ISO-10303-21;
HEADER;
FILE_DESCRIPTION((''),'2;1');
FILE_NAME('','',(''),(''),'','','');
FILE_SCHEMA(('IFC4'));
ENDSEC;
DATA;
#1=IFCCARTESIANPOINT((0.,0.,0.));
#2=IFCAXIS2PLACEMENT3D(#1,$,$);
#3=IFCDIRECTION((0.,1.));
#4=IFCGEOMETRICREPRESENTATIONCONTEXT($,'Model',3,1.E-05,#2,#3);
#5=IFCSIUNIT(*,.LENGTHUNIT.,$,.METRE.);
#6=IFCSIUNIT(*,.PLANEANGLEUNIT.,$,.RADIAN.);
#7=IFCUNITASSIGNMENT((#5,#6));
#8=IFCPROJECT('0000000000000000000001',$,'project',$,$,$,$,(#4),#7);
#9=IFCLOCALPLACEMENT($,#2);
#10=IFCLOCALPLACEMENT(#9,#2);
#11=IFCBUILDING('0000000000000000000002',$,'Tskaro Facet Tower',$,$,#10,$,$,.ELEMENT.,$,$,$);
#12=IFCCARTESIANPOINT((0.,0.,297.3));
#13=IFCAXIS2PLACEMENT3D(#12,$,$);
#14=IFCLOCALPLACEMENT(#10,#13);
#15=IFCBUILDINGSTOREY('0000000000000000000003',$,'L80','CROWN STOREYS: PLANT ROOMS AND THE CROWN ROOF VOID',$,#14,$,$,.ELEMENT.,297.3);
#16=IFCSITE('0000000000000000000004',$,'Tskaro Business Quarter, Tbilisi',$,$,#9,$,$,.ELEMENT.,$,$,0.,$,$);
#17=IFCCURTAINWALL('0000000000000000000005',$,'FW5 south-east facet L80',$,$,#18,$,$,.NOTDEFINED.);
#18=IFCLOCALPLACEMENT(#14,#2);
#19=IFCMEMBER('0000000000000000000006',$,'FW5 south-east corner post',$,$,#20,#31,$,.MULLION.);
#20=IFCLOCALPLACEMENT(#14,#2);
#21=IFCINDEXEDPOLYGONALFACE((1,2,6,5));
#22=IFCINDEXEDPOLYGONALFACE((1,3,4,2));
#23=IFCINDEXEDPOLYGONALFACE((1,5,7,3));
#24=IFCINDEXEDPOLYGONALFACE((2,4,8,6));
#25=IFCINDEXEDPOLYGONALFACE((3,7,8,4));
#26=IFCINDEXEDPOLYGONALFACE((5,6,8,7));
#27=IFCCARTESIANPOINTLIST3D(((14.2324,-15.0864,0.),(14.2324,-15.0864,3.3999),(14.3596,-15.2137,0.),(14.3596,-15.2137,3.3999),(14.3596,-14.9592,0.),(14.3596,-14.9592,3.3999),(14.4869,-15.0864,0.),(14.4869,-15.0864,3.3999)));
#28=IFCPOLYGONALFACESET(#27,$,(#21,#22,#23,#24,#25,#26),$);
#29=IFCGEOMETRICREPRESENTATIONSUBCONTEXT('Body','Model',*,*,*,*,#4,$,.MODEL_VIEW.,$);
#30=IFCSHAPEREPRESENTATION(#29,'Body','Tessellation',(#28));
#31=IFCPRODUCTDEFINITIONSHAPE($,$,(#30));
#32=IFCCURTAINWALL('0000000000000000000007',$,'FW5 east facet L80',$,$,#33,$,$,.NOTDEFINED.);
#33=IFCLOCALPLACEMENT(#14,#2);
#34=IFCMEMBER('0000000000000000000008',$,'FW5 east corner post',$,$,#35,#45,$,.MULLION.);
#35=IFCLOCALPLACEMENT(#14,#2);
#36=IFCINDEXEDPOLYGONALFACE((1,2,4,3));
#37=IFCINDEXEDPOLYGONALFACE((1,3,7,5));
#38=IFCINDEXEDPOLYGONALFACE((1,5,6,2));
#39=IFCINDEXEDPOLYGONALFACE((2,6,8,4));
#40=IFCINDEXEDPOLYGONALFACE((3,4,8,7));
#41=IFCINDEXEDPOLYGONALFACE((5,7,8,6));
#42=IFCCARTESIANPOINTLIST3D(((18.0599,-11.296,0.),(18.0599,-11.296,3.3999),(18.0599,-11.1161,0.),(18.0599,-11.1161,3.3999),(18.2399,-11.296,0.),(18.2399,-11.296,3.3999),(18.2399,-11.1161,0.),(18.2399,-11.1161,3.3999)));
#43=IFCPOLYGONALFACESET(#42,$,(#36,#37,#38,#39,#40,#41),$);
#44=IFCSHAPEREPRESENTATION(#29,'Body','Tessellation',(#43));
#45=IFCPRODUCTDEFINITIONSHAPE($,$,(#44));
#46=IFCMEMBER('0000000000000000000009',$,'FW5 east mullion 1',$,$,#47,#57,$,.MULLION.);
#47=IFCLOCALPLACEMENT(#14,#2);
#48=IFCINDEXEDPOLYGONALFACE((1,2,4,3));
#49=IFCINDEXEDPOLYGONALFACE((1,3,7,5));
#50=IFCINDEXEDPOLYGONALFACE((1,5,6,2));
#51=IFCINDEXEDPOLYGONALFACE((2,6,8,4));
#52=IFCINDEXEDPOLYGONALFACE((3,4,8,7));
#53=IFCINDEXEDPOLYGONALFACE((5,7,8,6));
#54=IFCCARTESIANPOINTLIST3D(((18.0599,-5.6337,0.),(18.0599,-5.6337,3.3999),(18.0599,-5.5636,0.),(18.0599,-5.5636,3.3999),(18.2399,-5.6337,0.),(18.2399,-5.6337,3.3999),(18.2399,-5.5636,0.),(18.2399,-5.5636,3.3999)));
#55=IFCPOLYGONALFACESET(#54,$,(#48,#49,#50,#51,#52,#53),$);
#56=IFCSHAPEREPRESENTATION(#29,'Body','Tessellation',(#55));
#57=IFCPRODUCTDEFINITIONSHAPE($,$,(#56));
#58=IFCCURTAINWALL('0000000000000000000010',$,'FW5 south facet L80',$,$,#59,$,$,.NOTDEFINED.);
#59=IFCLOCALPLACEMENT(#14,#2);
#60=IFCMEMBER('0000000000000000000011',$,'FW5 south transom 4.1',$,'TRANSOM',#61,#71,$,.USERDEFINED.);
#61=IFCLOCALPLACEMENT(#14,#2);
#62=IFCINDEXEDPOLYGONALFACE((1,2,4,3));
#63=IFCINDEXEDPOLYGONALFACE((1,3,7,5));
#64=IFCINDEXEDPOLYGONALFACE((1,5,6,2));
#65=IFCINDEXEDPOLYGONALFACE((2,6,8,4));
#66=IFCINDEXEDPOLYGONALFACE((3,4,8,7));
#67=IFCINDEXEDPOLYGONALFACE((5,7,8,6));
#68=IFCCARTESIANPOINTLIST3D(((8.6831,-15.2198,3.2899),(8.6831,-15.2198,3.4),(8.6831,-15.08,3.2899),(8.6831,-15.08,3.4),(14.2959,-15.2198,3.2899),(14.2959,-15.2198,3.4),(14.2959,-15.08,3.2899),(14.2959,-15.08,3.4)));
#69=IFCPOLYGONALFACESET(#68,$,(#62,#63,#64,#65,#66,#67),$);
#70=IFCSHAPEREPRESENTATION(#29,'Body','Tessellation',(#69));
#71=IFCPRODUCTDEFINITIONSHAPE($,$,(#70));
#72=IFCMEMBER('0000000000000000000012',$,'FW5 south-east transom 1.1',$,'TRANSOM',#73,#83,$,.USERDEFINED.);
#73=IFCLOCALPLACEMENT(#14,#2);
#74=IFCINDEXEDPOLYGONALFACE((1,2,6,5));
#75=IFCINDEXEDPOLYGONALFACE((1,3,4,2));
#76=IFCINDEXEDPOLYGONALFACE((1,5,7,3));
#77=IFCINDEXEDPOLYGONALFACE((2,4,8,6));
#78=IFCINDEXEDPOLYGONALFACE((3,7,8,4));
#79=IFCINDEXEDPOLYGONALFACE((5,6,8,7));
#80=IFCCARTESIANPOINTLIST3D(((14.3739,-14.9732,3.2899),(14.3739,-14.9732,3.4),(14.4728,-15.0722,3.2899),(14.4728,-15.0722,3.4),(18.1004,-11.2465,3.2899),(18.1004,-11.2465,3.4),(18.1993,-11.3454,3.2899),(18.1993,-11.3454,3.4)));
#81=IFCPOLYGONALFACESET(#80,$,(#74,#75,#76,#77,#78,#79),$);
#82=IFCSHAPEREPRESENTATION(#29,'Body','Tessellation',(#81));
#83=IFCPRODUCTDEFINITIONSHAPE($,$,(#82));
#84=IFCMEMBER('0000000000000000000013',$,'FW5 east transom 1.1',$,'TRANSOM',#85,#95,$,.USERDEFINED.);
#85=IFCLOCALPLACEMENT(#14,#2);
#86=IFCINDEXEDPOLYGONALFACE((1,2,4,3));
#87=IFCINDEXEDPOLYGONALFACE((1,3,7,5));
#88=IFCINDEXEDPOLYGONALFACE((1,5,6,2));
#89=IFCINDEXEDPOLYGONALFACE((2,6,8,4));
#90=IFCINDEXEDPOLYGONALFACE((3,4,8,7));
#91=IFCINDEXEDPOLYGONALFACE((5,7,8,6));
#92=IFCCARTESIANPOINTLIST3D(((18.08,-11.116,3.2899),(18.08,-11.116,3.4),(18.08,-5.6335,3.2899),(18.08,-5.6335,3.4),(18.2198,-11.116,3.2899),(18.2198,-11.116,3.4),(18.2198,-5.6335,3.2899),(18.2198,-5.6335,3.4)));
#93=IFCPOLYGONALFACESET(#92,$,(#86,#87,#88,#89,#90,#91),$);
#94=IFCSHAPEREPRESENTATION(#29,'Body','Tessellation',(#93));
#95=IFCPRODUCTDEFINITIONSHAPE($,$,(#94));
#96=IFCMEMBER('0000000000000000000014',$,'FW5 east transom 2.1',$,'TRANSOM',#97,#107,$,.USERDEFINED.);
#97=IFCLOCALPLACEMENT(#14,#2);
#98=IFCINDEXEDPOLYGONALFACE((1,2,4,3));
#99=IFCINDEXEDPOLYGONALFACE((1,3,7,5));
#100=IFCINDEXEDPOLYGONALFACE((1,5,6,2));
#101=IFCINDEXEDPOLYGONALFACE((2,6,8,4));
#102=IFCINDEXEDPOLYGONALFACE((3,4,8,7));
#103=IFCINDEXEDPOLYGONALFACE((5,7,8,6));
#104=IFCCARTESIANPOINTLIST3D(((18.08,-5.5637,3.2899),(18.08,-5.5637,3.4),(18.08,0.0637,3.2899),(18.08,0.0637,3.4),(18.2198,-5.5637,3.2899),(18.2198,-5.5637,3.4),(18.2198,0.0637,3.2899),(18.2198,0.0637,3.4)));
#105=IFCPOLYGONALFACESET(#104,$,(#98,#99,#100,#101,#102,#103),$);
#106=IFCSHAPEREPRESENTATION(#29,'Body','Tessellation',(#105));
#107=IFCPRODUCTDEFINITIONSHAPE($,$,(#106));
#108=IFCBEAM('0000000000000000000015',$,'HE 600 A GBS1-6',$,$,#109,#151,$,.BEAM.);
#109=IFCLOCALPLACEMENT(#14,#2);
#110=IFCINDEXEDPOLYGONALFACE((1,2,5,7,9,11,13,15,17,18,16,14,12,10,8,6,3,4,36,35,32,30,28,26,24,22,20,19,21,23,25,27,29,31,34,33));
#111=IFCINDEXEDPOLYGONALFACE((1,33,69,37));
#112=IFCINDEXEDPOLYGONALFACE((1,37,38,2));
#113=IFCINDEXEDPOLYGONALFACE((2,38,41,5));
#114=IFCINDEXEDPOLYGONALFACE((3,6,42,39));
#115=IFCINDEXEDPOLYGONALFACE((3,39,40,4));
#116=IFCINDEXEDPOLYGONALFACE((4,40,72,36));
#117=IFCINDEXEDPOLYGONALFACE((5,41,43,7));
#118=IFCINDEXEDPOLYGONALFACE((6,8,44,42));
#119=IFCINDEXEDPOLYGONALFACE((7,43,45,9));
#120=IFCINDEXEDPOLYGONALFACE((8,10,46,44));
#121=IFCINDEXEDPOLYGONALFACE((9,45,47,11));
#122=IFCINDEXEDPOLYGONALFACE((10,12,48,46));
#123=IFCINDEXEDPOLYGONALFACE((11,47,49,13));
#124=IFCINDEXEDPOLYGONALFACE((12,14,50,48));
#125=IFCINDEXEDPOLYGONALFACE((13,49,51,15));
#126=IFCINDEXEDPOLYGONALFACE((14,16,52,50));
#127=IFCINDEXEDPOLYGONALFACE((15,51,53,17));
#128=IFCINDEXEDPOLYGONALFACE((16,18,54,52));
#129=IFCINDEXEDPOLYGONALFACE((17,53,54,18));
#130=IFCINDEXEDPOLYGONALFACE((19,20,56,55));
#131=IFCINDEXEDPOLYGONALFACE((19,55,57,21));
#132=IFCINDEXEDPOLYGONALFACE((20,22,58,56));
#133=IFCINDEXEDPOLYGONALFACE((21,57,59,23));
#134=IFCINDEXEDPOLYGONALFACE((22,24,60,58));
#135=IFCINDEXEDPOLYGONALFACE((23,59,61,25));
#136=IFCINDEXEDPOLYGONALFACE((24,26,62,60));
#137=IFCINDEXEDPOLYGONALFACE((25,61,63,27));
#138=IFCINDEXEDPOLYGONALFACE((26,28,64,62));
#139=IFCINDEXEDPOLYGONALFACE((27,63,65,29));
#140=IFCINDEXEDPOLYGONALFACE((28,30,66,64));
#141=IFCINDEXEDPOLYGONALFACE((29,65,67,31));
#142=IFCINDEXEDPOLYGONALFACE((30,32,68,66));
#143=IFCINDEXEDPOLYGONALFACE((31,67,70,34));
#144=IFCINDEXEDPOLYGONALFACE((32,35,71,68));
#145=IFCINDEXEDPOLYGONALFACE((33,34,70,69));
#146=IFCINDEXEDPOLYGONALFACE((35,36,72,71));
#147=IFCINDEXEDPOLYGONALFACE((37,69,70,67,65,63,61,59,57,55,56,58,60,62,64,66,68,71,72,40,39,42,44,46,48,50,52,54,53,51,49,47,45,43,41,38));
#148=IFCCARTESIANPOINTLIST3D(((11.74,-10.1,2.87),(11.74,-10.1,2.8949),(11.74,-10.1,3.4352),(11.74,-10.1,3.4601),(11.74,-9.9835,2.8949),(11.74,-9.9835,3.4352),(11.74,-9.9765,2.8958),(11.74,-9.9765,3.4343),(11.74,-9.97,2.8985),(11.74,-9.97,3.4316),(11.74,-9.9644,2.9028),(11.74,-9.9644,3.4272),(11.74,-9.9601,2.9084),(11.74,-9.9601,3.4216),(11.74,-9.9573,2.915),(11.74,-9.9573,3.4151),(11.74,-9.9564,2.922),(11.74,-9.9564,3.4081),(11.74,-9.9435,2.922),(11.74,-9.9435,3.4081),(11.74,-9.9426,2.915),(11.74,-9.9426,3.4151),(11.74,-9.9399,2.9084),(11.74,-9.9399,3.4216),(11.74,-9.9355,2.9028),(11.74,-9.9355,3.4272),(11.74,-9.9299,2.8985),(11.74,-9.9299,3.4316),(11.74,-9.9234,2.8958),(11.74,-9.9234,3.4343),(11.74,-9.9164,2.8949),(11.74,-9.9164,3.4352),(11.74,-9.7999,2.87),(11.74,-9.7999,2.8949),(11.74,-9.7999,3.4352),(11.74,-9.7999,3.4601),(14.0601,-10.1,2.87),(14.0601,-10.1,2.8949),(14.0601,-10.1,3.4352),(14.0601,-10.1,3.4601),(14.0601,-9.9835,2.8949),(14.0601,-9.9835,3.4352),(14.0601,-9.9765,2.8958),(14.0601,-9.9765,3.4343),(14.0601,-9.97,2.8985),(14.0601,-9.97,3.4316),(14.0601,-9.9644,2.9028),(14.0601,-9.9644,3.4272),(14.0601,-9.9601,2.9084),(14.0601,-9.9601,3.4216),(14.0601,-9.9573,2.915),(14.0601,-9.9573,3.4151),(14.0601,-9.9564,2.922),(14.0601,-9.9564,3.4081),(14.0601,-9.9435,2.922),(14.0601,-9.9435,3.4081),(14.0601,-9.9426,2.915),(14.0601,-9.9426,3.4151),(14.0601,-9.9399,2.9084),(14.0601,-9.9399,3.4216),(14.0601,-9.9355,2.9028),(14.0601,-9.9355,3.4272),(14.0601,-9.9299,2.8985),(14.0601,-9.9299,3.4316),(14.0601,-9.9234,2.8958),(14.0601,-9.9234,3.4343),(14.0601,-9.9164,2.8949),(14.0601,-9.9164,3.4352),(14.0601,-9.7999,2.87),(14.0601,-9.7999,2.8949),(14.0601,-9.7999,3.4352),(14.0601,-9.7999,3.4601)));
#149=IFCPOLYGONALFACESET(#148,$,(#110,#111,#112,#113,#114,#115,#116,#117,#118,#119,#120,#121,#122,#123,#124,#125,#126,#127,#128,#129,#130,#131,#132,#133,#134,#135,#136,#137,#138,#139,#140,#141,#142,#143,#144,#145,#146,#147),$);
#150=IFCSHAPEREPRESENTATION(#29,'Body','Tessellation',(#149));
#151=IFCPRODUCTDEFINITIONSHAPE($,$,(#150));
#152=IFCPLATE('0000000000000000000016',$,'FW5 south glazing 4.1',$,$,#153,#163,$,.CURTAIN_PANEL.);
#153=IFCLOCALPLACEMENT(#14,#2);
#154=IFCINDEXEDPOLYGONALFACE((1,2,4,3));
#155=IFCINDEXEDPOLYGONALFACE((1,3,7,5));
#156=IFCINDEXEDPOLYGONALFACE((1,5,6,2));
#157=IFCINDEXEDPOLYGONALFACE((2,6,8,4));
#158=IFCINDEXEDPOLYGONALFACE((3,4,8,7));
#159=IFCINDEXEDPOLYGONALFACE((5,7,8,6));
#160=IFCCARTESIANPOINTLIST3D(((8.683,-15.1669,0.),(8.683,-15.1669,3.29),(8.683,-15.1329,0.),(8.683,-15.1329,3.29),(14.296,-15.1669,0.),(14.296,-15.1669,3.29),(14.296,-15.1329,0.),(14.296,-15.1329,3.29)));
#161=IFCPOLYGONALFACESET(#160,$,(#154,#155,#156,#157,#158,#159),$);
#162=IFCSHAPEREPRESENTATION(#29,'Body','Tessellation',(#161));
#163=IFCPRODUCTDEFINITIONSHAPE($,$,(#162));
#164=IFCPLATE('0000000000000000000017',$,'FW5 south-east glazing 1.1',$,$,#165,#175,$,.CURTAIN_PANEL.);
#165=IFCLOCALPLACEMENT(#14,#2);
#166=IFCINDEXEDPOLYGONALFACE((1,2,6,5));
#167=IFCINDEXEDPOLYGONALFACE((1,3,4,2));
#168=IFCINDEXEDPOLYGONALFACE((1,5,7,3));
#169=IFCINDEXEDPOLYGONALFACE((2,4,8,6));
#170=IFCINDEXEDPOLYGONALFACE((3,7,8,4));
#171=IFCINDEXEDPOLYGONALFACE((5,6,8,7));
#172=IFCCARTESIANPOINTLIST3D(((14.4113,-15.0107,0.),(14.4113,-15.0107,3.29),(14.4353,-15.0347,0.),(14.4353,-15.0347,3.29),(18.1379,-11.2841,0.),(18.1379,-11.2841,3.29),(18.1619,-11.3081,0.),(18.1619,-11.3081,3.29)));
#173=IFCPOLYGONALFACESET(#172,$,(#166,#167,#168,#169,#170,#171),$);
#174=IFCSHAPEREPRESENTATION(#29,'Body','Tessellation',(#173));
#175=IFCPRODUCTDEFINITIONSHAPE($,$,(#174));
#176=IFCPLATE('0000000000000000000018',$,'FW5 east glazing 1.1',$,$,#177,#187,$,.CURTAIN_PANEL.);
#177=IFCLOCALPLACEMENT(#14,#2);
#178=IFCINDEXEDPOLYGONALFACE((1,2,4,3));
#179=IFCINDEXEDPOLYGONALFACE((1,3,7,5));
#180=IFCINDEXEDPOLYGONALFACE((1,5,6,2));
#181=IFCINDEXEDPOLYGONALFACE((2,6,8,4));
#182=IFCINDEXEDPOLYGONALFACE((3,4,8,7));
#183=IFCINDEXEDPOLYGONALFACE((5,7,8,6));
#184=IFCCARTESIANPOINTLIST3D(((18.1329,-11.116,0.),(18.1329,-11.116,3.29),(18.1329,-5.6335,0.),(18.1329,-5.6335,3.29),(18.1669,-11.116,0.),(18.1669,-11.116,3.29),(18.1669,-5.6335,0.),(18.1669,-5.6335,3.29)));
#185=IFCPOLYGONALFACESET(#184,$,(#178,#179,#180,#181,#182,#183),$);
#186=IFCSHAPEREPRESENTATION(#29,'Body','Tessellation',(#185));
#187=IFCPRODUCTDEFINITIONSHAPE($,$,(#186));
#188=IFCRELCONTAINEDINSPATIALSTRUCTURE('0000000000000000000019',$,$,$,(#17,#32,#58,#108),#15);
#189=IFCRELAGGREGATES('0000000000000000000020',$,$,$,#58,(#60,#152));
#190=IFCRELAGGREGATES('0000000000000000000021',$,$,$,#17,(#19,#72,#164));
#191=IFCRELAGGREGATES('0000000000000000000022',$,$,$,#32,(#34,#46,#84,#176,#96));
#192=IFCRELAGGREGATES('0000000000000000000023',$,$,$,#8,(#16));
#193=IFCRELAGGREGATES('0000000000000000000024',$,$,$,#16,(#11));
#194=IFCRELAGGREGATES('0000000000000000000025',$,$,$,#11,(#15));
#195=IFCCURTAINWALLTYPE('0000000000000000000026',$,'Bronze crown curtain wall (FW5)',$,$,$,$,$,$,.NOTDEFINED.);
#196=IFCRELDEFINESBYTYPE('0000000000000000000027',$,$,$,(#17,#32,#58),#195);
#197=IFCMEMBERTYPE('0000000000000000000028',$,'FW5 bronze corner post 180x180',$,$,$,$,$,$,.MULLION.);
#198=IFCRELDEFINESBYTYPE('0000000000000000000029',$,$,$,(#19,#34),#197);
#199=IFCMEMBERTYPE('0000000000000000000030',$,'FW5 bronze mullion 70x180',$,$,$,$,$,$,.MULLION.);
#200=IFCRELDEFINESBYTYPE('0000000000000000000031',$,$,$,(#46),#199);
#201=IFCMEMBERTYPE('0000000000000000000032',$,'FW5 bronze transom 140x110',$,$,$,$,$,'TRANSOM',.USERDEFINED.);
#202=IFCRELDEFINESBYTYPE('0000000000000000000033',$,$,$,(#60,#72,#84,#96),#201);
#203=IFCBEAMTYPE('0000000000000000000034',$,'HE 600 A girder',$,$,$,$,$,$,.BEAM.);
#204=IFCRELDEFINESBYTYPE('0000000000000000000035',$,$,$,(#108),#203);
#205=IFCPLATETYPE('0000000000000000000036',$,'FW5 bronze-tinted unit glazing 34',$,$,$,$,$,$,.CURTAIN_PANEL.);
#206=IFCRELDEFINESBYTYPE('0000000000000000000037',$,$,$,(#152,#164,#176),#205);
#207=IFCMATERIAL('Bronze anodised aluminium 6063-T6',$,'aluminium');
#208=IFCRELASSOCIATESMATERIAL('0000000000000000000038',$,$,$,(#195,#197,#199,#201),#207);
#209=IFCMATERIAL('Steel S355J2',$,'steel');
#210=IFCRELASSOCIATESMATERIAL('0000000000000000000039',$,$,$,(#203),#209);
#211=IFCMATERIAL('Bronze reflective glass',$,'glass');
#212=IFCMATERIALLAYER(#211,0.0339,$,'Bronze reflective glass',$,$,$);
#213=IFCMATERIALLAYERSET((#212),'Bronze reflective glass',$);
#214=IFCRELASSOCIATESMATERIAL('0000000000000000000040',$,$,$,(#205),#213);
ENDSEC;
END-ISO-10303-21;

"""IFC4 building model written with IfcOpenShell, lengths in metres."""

from ifc_helpers import new_model, si_unit, direction, frame, origin, origin_2d, place, context, subcontext, project, spatial, rectangle, i_section, extrude, material, layer, layer_set, material_profile, profile_set, type_object, element, aggregate, save


model = new_model("IFC4")

# Units and contexts
model_context = context("Model", 3, precision=1e-05, world=origin(), true_north=direction((0.0, 1.0)))
body_context = subcontext(model_context, "Body", "Model", "MODEL_VIEW")
ifc_project = project(units=[si_unit("LENGTHUNIT", "METRE"), si_unit("PLANEANGLEUNIT", "RADIAN")], contexts=[model_context])

# Site, building, storey
site_placement = place(None, origin())
site = spatial("IfcSite", under=ifc_project, at=site_placement, Name="Tskaro Business Quarter, Tbilisi", CompositionType="ELEMENT", RefElevation=0.0)
building_placement = place(site_placement, origin())
building = spatial("IfcBuilding", under=site, at=building_placement, Name="Tskaro Facet Tower", CompositionType="ELEMENT")
storey_placement = place(building_placement, frame((0.0, 0.0, 297.3)))
storey = spatial("IfcBuildingStorey", under=building, at=storey_placement, Name="L80", Description="CROWN STOREYS: PLANT ROOMS AND THE CROWN ROOF VOID", CompositionType="ELEMENT", Elevation=297.3)

# Shared definitions
ifc_material_1 = material(Name="Steel S355J2", Category="steel")

# Curtain wall, member
ifc_material_2 = material(Name="Bronze anodised aluminium 6063-T6", Category="aluminium")
curtain_wall_type = type_object("IfcCurtainWallType", Name="Bronze crown curtain wall (FW5)", PredefinedType="NOTDEFINED", material=ifc_material_2)
curtain_wall_1_placement = place(storey_placement, origin())
curtain_wall_1 = element("IfcCurtainWall", 1, at=curtain_wall_1_placement, inside=storey, type_object=curtain_wall_type, Name="FW5 south-east facet L80", PredefinedType="NOTDEFINED")
ifc_material_profile_1 = material_profile(ifc_material_2, rectangle(XDim=0.1799, YDim=0.1799, at=origin_2d()), Name="Corner post 180x180")
ifc_profile_set_1 = profile_set([ifc_material_profile_1], Name="Bronze anodised aluminium 6063-T6")
member_type_1 = type_object("IfcMemberType", Name="FW5 bronze corner post 180x180", PredefinedType="MULLION", material=ifc_profile_set_1)
member_1_placement = place(storey_placement, frame((14.3596, -15.0864, 0.0), z_axis=(0.0, 0.0, 1.0), x_axis=(0.707107, 0.707107, 0.0)))
member_1 = element("IfcMember", 2, at=member_1_placement, type_object=member_type_1, Name="FW5 south-east corner post", PredefinedType="MULLION", context=body_context, shape_type="SweptSolid", body=[
    extrude(rectangle(XDim=0.1799, YDim=0.1799, at=origin_2d()), origin(), (0.0, 0.0, 1.0), 3.3999),
])

# Curtain wall, members
curtain_wall_2_placement = place(storey_placement, origin())
curtain_wall_2 = element("IfcCurtainWall", 3, at=curtain_wall_2_placement, inside=storey, type_object=curtain_wall_type, Name="FW5 east facet L80", PredefinedType="NOTDEFINED")
member_2_placement = place(storey_placement, frame((18.1499, -11.2061, 0.0), z_axis=(0.0, 0.0, 1.0), x_axis=(0.0, 1.0, 0.0)))
member_2 = element("IfcMember", 4, at=member_2_placement, type_object=member_type_1, Name="FW5 east corner post", PredefinedType="MULLION", context=body_context, shape_type="SweptSolid", body=[
    extrude(rectangle(XDim=0.1799, YDim=0.1799, at=origin_2d()), origin(), (0.0, 0.0, 1.0), 3.3999),
])
ifc_material_profile_2 = material_profile(ifc_material_2, rectangle(XDim=0.0701, YDim=0.1799, at=origin_2d()), Name="Mullion 70x180")
ifc_profile_set_2 = profile_set([ifc_material_profile_2], Name="Bronze anodised aluminium 6063-T6")
member_type_2 = type_object("IfcMemberType", Name="FW5 bronze mullion 70x180", PredefinedType="MULLION", material=ifc_profile_set_2)
member_3_placement = place(storey_placement, frame((18.1499, -5.5986, 0.0), z_axis=(0.0, 0.0, 1.0), x_axis=(0.0, 1.0, 0.0)))
member_3 = element("IfcMember", 5, at=member_3_placement, type_object=member_type_2, Name="FW5 east mullion 1", PredefinedType="MULLION", context=body_context, shape_type="SweptSolid", body=[
    extrude(rectangle(XDim=0.0701, YDim=0.1799, at=origin_2d()), origin(), (0.0, 0.0, 1.0), 3.3999),
])

# Curtain wall, member
curtain_wall_3_placement = place(storey_placement, origin())
curtain_wall_3 = element("IfcCurtainWall", 6, at=curtain_wall_3_placement, inside=storey, type_object=curtain_wall_type, Name="FW5 south facet L80", PredefinedType="NOTDEFINED")
ifc_material_profile_3 = material_profile(ifc_material_2, rectangle(XDim=0.1399, YDim=0.1101, at=origin_2d()), Name="Transom 140x110")
ifc_profile_set_3 = profile_set([ifc_material_profile_3], Name="Bronze anodised aluminium 6063-T6")
member_type_3 = type_object("IfcMemberType", Name="FW5 bronze transom 140x110", ElementType="TRANSOM", PredefinedType="USERDEFINED", material=ifc_profile_set_3)
member_4_placement = place(storey_placement, frame((8.6831, -15.1499, 3.345), z_axis=(1.0, 0.0, 0.0), x_axis=(0.0, 1.0, 0.0)))
member_4 = element("IfcMember", 7, at=member_4_placement, type_object=member_type_3, Name="FW5 south transom 4.1", ObjectType="TRANSOM", PredefinedType="USERDEFINED", context=body_context, shape_type="SweptSolid", body=[
    extrude(rectangle(XDim=0.1399, YDim=0.1101, at=origin_2d()), origin(), (0.0, 0.0, 1.0), 5.6128),
])

# Members
member_5_placement = place(storey_placement, frame((14.4233, -15.0227, 3.345), z_axis=(0.707084, 0.70713, 0.0), x_axis=(-0.70713, 0.707084, 0.0)))
member_5 = element("IfcMember", 8, at=member_5_placement, type_object=member_type_3, Name="FW5 south-east transom 1.1", ObjectType="TRANSOM", PredefinedType="USERDEFINED", context=body_context, shape_type="SweptSolid", body=[
    extrude(rectangle(XDim=0.1399, YDim=0.1101, at=origin_2d()), origin(), (0.0, 0.0, 1.0), 5.2703),
])
member_6_placement = place(storey_placement, frame((18.1499, -11.116, 3.345), z_axis=(0.0, 1.0, 0.0), x_axis=(-1.0, 0.0, 0.0)))
member_6 = element("IfcMember", 9, at=member_6_placement, type_object=member_type_3, Name="FW5 east transom 1.1", ObjectType="TRANSOM", PredefinedType="USERDEFINED", context=body_context, shape_type="SweptSolid", body=[
    extrude(rectangle(XDim=0.1399, YDim=0.1101, at=origin_2d()), origin(), (0.0, 0.0, 1.0), 5.4824),
])
member_7_placement = place(storey_placement, frame((18.1499, -5.5637, 3.345), z_axis=(0.0, 1.0, 0.0), x_axis=(-1.0, 0.0, 0.0)))
member_7 = element("IfcMember", 10, at=member_7_placement, type_object=member_type_3, Name="FW5 east transom 2.1", ObjectType="TRANSOM", PredefinedType="USERDEFINED", context=body_context, shape_type="SweptSolid", body=[
    extrude(rectangle(XDim=0.1399, YDim=0.1101, at=origin_2d()), origin(), (0.0, 0.0, 1.0), 5.6274),
])

# Beam
ifc_material_profile_4 = material_profile(ifc_material_1, i_section(OverallWidth=0.3, OverallDepth=0.5901, WebThickness=0.0129, FlangeThickness=0.0249, FilletRadius=0.0271, at=origin_2d()), Name="HE 600 A")
ifc_profile_set_4 = profile_set([ifc_material_profile_4], Name="Steel S355J2")
beam_type_1 = type_object("IfcBeamType", Name="HE 600 A girder", PredefinedType="BEAM", material=ifc_profile_set_4)
beam_1_placement = place(storey_placement, frame((11.74, -9.95, 3.165), z_axis=(1.0, 0.0, 0.0), x_axis=(0.0, 1.0, 0.0)))
element("IfcBeam", 11, at=beam_1_placement, inside=storey, type_object=beam_type_1, Name="HE 600 A GBS1-6", PredefinedType="BEAM", context=body_context, shape_type="SweptSolid", body=[
    extrude(i_section(OverallWidth=0.3, OverallDepth=0.5901, WebThickness=0.0129, FlangeThickness=0.0249, FilletRadius=0.0271, at=origin_2d()), origin(), (0.0, 0.0, 1.0), 2.3201),
])

# Plates
ifc_material_3 = material(Name="Bronze reflective glass", Category="glass")
ifc_layer_1 = layer(ifc_material_3, 0.0339, Name="Bronze reflective glass")
ifc_layer_set_1 = layer_set([ifc_layer_1], Name="Bronze reflective glass")
plate_type_1 = type_object("IfcPlateType", Name="FW5 bronze-tinted unit glazing 34", PredefinedType="CURTAIN_PANEL", material=ifc_layer_set_1)
plate_1_placement = place(storey_placement, frame((11.4895, -15.1499, 0.0), z_axis=(0.0, 0.0, 1.0), x_axis=(1.0, 0.0, 0.0)))
plate_1 = element("IfcPlate", 12, at=plate_1_placement, type_object=plate_type_1, Name="FW5 south glazing 4.1", PredefinedType="CURTAIN_PANEL", context=body_context, shape_type="SweptSolid", body=[
    extrude(rectangle(XDim=5.613, YDim=0.0339, at=origin_2d()), origin(), (0.0, 0.0, 1.0), 3.29),
])
aggregate(curtain_wall_3, [member_4, plate_1])
plate_2_placement = place(storey_placement, frame((16.2866, -13.1594, 0.0), z_axis=(0.0, 0.0, 1.0), x_axis=(0.707107, 0.707107, 0.0)))
plate_2 = element("IfcPlate", 13, at=plate_2_placement, type_object=plate_type_1, Name="FW5 south-east glazing 1.1", PredefinedType="CURTAIN_PANEL", context=body_context, shape_type="SweptSolid", body=[
    extrude(rectangle(XDim=5.2703, YDim=0.0339, at=origin_2d()), origin(), (0.0, 0.0, 1.0), 3.29),
])
aggregate(curtain_wall_1, [member_1, member_5, plate_2])
plate_3_placement = place(storey_placement, frame((18.1499, -8.3748, 0.0), z_axis=(0.0, 0.0, 1.0), x_axis=(0.0, 1.0, 0.0)))
plate_3 = element("IfcPlate", 14, at=plate_3_placement, type_object=plate_type_1, Name="FW5 east glazing 1.1", PredefinedType="CURTAIN_PANEL", context=body_context, shape_type="SweptSolid", body=[
    extrude(rectangle(XDim=5.4824, YDim=0.0339, at=origin_2d()), origin(), (0.0, 0.0, 1.0), 3.29),
])
aggregate(curtain_wall_2, [member_2, member_3, member_6, plate_3, member_7])

save(model, "model.ifc")
